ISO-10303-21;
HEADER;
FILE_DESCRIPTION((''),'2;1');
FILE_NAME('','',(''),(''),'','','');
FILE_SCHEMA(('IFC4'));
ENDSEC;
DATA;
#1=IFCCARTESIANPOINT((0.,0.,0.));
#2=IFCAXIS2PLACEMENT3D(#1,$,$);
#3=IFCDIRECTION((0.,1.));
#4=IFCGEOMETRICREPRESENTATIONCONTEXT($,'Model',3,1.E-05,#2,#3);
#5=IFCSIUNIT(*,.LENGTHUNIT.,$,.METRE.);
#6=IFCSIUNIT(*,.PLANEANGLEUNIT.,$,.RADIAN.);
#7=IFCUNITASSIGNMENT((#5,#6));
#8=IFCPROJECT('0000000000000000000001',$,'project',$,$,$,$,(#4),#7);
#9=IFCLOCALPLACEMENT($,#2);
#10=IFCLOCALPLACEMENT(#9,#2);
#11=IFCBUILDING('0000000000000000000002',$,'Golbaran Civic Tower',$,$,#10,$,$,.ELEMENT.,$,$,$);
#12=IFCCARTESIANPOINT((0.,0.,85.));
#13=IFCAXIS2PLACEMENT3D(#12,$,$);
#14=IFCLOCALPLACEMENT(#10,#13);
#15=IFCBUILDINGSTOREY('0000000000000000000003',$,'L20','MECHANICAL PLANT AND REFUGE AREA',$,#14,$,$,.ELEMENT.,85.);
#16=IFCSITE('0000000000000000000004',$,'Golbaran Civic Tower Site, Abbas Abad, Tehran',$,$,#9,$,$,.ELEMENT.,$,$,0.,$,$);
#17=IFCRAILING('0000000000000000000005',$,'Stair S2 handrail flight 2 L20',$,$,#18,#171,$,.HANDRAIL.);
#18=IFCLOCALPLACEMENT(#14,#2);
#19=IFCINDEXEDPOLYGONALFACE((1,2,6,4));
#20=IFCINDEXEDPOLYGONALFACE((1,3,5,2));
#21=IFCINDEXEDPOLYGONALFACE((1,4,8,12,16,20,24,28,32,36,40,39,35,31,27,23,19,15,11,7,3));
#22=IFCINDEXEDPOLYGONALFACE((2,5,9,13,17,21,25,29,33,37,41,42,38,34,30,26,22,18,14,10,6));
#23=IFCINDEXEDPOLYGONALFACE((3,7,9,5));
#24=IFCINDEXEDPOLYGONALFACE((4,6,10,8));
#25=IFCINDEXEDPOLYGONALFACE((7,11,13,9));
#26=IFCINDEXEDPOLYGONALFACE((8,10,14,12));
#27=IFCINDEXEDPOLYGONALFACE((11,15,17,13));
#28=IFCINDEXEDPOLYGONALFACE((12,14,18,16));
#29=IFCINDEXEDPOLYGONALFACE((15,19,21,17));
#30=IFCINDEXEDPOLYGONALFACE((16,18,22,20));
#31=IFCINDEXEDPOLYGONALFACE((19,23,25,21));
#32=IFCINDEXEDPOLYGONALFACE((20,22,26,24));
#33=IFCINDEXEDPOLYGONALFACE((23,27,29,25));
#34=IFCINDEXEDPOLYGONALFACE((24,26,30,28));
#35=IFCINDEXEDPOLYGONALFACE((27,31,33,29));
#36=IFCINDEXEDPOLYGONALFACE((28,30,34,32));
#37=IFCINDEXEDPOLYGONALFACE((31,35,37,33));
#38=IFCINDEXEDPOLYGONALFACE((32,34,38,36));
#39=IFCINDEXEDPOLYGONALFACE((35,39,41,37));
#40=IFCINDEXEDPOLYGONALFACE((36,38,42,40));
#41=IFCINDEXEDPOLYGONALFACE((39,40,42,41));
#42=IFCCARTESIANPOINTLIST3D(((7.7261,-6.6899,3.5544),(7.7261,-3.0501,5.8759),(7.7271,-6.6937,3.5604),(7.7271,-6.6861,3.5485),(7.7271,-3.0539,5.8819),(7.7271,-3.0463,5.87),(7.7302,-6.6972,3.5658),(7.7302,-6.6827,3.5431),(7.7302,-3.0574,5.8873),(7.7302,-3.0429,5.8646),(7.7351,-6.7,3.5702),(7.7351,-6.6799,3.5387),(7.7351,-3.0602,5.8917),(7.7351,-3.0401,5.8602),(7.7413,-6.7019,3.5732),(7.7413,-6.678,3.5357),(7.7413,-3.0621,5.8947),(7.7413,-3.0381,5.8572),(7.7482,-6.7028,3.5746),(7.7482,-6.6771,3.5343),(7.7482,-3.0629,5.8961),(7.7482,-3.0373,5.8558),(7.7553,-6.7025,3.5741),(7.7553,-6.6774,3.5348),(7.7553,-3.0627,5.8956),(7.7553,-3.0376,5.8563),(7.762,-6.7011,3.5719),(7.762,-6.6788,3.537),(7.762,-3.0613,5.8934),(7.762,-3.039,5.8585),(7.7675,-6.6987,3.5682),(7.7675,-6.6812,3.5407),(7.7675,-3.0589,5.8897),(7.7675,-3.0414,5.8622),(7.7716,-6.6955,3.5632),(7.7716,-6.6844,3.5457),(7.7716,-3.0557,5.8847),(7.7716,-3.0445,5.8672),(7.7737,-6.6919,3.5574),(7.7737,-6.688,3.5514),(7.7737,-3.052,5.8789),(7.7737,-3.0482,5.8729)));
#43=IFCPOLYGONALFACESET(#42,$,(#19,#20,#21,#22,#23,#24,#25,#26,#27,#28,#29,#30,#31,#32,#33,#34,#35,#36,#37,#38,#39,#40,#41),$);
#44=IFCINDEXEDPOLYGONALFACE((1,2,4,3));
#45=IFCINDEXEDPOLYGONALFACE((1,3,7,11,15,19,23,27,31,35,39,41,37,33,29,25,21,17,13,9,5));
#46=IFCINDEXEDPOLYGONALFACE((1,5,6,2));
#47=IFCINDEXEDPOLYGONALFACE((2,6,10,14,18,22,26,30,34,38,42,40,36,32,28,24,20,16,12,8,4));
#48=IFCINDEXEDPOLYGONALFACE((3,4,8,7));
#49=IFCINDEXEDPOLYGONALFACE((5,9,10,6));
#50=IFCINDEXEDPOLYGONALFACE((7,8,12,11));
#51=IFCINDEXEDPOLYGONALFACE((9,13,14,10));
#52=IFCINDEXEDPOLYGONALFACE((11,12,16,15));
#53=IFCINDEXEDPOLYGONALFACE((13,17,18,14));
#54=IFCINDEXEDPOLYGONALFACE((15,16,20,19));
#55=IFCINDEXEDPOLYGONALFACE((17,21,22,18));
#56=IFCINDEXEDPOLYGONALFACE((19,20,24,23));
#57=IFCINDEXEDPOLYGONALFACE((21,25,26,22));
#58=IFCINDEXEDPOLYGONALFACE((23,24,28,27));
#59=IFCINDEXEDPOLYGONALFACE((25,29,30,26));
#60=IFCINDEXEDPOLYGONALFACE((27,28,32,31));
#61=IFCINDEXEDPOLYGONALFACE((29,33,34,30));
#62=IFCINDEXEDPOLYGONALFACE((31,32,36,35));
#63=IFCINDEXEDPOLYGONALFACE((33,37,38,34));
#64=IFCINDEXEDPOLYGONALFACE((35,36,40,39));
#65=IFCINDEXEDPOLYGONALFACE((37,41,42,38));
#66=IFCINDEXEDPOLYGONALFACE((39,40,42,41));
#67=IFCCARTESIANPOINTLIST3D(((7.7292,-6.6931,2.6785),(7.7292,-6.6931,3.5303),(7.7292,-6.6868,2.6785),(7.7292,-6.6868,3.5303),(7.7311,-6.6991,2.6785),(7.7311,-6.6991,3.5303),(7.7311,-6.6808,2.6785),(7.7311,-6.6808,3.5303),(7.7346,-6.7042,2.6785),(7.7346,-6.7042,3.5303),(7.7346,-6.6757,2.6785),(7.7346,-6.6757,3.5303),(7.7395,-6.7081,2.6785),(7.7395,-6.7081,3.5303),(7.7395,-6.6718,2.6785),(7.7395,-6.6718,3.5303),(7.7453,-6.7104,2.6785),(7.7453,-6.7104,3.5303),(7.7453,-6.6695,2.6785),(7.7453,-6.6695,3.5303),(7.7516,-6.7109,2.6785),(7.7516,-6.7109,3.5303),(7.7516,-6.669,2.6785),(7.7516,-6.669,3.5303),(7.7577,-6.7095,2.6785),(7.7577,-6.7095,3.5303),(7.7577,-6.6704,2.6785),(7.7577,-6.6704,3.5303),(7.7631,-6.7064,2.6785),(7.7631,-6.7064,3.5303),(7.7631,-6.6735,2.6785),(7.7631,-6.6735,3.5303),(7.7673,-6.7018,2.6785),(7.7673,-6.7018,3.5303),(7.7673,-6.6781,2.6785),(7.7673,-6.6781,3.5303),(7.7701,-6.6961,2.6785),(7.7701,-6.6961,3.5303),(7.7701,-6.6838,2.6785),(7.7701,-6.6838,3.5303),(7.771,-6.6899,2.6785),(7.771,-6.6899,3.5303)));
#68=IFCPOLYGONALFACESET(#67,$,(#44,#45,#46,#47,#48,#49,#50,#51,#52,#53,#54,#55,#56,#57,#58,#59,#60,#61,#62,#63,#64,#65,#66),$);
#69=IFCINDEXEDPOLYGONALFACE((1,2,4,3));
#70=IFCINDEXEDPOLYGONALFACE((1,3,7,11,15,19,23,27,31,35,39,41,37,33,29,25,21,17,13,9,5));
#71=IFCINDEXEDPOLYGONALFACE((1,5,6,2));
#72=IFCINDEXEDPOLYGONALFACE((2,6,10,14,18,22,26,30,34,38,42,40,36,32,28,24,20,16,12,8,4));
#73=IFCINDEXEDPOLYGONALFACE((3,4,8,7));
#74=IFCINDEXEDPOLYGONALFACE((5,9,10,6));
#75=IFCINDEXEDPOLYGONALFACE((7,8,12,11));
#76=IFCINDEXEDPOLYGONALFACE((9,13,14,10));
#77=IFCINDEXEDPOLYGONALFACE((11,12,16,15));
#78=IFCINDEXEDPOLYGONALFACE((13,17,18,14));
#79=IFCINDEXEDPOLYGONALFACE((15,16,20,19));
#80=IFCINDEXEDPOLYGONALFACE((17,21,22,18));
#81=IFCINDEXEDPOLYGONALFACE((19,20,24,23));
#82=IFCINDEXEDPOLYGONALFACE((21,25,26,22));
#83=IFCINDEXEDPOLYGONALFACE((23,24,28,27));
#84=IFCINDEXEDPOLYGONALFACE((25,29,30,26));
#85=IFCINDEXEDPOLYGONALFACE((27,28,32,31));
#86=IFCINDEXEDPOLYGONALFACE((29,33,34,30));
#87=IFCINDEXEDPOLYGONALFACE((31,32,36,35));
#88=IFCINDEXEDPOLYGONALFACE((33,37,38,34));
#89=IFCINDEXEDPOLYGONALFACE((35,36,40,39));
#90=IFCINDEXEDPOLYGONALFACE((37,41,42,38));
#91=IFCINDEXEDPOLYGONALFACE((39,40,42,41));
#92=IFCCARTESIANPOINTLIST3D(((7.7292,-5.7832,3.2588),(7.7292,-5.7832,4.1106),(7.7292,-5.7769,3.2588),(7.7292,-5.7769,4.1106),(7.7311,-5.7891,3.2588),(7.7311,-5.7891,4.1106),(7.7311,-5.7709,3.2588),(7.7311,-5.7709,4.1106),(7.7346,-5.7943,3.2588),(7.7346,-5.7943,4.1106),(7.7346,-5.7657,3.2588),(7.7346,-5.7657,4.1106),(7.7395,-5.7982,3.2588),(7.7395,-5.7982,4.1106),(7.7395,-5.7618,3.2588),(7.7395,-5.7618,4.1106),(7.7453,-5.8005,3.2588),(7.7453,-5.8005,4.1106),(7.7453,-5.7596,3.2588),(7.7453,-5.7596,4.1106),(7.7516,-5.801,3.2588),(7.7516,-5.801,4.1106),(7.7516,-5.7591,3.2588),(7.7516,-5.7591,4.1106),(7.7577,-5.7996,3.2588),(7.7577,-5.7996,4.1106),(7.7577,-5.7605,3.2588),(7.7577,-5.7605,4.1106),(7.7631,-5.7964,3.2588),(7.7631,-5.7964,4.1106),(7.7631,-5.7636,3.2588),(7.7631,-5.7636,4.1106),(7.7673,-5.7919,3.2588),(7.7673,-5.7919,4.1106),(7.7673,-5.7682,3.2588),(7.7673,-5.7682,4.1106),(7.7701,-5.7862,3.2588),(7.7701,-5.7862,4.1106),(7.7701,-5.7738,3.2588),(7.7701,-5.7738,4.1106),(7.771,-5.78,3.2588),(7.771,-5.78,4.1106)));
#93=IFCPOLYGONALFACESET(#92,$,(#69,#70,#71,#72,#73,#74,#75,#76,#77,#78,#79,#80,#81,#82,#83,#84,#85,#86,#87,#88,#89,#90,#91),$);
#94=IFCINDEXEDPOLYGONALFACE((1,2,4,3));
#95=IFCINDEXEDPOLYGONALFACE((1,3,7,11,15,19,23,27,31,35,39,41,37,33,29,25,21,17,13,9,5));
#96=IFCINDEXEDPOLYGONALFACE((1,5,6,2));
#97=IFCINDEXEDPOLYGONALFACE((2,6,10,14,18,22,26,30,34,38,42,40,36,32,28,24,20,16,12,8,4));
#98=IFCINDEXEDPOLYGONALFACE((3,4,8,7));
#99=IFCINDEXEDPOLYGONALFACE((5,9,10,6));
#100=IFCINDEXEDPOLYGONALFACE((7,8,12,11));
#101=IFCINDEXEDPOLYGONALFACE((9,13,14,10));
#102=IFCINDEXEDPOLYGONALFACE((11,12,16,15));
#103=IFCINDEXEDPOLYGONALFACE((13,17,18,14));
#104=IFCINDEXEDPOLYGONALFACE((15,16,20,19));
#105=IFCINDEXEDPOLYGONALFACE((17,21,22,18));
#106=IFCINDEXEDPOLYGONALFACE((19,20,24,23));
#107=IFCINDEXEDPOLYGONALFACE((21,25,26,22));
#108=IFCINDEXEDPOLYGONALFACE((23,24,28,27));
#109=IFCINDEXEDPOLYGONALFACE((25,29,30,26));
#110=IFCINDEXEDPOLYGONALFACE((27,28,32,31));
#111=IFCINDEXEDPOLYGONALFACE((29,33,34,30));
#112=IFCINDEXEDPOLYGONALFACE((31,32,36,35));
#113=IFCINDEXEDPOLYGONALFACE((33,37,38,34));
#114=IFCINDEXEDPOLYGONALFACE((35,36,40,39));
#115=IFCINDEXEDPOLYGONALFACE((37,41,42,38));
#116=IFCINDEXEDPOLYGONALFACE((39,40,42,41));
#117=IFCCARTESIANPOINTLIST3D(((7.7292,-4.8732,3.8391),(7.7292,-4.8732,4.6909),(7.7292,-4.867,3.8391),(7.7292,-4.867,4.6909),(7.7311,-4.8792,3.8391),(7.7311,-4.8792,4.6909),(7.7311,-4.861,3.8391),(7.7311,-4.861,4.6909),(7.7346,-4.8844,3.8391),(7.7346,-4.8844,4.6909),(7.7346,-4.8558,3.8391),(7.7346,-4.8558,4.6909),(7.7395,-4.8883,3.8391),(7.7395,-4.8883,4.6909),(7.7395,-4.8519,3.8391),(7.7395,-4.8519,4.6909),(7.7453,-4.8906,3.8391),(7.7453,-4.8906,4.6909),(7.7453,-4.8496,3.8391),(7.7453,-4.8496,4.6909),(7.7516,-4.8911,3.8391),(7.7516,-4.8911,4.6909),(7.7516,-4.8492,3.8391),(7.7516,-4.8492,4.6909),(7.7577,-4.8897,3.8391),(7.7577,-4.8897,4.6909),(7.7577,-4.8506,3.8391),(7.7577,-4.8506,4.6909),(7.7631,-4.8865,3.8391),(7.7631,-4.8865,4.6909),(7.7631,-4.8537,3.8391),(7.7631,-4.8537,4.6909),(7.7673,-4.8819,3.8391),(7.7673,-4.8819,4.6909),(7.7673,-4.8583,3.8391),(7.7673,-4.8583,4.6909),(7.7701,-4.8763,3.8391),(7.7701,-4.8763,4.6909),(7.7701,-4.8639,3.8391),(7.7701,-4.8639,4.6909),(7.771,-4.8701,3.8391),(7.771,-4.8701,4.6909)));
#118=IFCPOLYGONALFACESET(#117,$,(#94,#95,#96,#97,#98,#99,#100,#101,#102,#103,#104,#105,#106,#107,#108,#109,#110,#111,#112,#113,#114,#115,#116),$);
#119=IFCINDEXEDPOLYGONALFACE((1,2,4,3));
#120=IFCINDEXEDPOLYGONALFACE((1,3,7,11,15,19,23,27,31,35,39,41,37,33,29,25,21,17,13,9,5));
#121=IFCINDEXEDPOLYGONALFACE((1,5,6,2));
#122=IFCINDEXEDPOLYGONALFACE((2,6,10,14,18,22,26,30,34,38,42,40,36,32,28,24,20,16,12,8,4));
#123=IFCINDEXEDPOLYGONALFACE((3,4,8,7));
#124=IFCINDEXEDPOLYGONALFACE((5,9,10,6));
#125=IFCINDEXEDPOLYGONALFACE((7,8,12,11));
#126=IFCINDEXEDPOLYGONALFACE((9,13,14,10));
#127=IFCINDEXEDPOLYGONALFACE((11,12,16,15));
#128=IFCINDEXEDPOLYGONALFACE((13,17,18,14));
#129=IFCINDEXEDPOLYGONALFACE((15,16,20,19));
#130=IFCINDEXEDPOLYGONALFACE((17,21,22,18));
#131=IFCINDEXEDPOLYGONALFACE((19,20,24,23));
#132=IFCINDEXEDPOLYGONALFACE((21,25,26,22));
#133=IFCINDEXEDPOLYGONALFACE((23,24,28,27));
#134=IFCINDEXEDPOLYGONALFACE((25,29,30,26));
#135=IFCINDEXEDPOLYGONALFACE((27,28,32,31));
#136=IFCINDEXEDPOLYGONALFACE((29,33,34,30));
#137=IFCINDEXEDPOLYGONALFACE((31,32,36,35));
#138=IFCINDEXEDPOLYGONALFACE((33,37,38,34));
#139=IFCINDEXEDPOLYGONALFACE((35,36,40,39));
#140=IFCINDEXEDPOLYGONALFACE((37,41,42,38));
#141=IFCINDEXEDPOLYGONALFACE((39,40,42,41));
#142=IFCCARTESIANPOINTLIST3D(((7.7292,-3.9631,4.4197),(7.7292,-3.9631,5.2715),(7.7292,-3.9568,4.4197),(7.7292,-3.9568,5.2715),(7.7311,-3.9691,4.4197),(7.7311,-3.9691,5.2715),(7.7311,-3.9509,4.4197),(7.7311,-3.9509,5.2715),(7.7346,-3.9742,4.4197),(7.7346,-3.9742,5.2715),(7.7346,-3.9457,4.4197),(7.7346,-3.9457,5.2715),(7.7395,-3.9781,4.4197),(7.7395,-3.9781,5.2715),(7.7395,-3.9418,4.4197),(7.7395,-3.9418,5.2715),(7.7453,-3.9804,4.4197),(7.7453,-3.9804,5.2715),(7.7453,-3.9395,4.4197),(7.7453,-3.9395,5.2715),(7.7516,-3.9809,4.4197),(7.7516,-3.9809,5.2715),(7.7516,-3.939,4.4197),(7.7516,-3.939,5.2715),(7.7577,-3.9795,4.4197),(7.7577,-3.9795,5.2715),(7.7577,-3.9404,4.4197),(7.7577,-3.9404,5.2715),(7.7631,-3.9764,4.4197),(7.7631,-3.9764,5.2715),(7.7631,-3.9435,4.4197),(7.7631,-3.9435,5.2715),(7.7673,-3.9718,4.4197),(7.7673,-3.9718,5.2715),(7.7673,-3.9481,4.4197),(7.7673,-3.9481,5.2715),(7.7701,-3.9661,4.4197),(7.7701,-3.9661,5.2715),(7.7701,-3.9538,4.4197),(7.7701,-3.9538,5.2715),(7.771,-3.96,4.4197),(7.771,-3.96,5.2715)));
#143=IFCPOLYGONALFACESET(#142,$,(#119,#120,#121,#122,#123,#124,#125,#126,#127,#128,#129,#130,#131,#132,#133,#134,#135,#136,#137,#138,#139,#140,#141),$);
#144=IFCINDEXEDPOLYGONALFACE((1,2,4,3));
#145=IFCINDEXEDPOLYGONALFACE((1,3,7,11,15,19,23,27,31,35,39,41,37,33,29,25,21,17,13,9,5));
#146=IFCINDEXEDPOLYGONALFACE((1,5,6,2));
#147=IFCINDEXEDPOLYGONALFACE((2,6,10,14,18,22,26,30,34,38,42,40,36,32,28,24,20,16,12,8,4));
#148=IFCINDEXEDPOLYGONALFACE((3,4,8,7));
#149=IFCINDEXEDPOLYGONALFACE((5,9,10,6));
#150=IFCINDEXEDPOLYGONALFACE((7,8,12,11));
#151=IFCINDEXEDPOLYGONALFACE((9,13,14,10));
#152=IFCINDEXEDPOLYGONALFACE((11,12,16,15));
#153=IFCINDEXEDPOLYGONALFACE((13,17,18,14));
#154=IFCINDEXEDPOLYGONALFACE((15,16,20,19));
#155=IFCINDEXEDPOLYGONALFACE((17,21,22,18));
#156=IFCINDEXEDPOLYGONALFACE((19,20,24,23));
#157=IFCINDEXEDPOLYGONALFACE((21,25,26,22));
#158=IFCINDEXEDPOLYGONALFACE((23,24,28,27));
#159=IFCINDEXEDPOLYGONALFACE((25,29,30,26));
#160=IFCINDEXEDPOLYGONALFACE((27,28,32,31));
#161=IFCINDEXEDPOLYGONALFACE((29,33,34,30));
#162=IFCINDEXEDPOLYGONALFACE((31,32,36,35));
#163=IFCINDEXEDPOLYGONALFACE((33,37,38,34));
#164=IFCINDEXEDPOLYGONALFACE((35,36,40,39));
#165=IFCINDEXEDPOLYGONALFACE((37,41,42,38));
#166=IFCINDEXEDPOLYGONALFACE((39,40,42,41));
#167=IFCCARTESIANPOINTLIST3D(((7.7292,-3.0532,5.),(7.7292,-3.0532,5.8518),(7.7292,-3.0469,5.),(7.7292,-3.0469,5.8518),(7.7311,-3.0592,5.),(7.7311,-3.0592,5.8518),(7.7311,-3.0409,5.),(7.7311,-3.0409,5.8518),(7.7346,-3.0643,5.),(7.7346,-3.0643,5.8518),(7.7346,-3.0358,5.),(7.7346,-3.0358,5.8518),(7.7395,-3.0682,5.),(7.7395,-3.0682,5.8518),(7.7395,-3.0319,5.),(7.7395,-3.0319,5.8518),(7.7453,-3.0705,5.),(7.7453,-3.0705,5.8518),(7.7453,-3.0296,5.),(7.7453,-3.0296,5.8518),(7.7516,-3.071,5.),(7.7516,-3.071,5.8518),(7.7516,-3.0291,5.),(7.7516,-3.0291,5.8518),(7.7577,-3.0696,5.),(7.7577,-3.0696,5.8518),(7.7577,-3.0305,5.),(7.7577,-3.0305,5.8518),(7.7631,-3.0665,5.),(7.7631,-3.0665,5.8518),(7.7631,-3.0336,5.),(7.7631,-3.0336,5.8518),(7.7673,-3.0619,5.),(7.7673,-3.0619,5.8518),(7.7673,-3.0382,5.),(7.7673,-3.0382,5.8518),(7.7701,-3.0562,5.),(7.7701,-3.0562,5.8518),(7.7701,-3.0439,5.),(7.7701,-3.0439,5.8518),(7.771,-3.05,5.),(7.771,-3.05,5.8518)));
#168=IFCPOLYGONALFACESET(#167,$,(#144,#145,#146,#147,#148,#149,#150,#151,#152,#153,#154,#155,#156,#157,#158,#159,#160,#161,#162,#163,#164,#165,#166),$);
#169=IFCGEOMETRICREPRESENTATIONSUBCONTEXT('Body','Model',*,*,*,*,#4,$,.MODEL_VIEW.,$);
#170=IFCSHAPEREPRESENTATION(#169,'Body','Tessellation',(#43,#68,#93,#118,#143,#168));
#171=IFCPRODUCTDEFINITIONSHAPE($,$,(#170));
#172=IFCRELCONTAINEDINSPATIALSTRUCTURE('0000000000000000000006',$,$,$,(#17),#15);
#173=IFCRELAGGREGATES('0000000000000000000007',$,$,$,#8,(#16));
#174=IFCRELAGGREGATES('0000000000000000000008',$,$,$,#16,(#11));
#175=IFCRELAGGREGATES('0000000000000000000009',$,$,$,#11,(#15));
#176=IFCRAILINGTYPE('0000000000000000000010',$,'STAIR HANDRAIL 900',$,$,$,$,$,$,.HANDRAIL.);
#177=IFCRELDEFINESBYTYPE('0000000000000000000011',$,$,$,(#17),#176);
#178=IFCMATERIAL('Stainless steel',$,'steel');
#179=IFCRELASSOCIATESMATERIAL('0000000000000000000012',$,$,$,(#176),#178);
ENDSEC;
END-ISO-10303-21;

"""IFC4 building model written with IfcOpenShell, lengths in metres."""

from ifc_helpers import new_model, si_unit, direction, frame, origin, origin_2d, place, context, subcontext, project, spatial, circle, extrude, material, type_object, element, save


model = new_model("IFC4")

# Units and contexts
model_context = context("Model", 3, precision=1e-05, world=origin(), true_north=direction((0.0, 1.0)))
body_context = subcontext(model_context, "Body", "Model", "MODEL_VIEW")
ifc_project = project(units=[si_unit("LENGTHUNIT", "METRE"), si_unit("PLANEANGLEUNIT", "RADIAN")], contexts=[model_context])

# Site, building, storey
site_placement = place(None, origin())
site = spatial("IfcSite", under=ifc_project, at=site_placement, Name="Golbaran Civic Tower Site, Abbas Abad, Tehran", CompositionType="ELEMENT", RefElevation=0.0)
building_placement = place(site_placement, origin())
building = spatial("IfcBuilding", under=site, at=building_placement, Name="Golbaran Civic Tower", CompositionType="ELEMENT")
storey_placement = place(building_placement, frame((0.0, 0.0, 85.0)))
storey = spatial("IfcBuildingStorey", under=building, at=storey_placement, Name="L20", Description="MECHANICAL PLANT AND REFUGE AREA", CompositionType="ELEMENT", Elevation=85.0)

# Shared definitions
ifc_material_1 = material(Name="Stainless steel", Category="steel")

# Railing
railing_type = type_object("IfcRailingType", Name="STAIR HANDRAIL 900", PredefinedType="HANDRAIL", material=ifc_material_1)
railing_1_placement = place(storey_placement, frame((7.75, -6.6899, 2.6785)))
element("IfcRailing", 1, at=railing_1_placement, inside=storey, type_object=railing_type, Name="Stair S2 handrail flight 2 L20", PredefinedType="HANDRAIL", context=body_context, shape_type="SweptSolid", body=[
    extrude(circle(Radius=0.0239, at=origin_2d()), frame((0.0, 0.0, 0.876), z_axis=(0.0, 0.843112, 0.537739), x_axis=(-1.0, 0.0, 0.0)), (0.0, 0.0, 1.0), 4.3171),
    extrude(circle(Radius=0.021, at=origin_2d()), origin(), (0.0, 0.0, 1.0), 0.8518),
    extrude(circle(Radius=0.021, at=origin_2d()), frame((0.0, 0.9099, 0.5803)), (0.0, 0.0, 1.0), 0.8518),
    extrude(circle(Radius=0.021, at=origin_2d()), frame((0.0, 1.8198, 1.1606)), (0.0, 0.0, 1.0), 0.8518),
    extrude(circle(Radius=0.021, at=origin_2d()), frame((0.0, 2.73, 1.7412)), (0.0, 0.0, 1.0), 0.8518),
    extrude(circle(Radius=0.021, at=origin_2d()), frame((0.0, 3.6399, 2.3215)), (0.0, 0.0, 1.0), 0.8518),
])

save(model, "model.ifc")
